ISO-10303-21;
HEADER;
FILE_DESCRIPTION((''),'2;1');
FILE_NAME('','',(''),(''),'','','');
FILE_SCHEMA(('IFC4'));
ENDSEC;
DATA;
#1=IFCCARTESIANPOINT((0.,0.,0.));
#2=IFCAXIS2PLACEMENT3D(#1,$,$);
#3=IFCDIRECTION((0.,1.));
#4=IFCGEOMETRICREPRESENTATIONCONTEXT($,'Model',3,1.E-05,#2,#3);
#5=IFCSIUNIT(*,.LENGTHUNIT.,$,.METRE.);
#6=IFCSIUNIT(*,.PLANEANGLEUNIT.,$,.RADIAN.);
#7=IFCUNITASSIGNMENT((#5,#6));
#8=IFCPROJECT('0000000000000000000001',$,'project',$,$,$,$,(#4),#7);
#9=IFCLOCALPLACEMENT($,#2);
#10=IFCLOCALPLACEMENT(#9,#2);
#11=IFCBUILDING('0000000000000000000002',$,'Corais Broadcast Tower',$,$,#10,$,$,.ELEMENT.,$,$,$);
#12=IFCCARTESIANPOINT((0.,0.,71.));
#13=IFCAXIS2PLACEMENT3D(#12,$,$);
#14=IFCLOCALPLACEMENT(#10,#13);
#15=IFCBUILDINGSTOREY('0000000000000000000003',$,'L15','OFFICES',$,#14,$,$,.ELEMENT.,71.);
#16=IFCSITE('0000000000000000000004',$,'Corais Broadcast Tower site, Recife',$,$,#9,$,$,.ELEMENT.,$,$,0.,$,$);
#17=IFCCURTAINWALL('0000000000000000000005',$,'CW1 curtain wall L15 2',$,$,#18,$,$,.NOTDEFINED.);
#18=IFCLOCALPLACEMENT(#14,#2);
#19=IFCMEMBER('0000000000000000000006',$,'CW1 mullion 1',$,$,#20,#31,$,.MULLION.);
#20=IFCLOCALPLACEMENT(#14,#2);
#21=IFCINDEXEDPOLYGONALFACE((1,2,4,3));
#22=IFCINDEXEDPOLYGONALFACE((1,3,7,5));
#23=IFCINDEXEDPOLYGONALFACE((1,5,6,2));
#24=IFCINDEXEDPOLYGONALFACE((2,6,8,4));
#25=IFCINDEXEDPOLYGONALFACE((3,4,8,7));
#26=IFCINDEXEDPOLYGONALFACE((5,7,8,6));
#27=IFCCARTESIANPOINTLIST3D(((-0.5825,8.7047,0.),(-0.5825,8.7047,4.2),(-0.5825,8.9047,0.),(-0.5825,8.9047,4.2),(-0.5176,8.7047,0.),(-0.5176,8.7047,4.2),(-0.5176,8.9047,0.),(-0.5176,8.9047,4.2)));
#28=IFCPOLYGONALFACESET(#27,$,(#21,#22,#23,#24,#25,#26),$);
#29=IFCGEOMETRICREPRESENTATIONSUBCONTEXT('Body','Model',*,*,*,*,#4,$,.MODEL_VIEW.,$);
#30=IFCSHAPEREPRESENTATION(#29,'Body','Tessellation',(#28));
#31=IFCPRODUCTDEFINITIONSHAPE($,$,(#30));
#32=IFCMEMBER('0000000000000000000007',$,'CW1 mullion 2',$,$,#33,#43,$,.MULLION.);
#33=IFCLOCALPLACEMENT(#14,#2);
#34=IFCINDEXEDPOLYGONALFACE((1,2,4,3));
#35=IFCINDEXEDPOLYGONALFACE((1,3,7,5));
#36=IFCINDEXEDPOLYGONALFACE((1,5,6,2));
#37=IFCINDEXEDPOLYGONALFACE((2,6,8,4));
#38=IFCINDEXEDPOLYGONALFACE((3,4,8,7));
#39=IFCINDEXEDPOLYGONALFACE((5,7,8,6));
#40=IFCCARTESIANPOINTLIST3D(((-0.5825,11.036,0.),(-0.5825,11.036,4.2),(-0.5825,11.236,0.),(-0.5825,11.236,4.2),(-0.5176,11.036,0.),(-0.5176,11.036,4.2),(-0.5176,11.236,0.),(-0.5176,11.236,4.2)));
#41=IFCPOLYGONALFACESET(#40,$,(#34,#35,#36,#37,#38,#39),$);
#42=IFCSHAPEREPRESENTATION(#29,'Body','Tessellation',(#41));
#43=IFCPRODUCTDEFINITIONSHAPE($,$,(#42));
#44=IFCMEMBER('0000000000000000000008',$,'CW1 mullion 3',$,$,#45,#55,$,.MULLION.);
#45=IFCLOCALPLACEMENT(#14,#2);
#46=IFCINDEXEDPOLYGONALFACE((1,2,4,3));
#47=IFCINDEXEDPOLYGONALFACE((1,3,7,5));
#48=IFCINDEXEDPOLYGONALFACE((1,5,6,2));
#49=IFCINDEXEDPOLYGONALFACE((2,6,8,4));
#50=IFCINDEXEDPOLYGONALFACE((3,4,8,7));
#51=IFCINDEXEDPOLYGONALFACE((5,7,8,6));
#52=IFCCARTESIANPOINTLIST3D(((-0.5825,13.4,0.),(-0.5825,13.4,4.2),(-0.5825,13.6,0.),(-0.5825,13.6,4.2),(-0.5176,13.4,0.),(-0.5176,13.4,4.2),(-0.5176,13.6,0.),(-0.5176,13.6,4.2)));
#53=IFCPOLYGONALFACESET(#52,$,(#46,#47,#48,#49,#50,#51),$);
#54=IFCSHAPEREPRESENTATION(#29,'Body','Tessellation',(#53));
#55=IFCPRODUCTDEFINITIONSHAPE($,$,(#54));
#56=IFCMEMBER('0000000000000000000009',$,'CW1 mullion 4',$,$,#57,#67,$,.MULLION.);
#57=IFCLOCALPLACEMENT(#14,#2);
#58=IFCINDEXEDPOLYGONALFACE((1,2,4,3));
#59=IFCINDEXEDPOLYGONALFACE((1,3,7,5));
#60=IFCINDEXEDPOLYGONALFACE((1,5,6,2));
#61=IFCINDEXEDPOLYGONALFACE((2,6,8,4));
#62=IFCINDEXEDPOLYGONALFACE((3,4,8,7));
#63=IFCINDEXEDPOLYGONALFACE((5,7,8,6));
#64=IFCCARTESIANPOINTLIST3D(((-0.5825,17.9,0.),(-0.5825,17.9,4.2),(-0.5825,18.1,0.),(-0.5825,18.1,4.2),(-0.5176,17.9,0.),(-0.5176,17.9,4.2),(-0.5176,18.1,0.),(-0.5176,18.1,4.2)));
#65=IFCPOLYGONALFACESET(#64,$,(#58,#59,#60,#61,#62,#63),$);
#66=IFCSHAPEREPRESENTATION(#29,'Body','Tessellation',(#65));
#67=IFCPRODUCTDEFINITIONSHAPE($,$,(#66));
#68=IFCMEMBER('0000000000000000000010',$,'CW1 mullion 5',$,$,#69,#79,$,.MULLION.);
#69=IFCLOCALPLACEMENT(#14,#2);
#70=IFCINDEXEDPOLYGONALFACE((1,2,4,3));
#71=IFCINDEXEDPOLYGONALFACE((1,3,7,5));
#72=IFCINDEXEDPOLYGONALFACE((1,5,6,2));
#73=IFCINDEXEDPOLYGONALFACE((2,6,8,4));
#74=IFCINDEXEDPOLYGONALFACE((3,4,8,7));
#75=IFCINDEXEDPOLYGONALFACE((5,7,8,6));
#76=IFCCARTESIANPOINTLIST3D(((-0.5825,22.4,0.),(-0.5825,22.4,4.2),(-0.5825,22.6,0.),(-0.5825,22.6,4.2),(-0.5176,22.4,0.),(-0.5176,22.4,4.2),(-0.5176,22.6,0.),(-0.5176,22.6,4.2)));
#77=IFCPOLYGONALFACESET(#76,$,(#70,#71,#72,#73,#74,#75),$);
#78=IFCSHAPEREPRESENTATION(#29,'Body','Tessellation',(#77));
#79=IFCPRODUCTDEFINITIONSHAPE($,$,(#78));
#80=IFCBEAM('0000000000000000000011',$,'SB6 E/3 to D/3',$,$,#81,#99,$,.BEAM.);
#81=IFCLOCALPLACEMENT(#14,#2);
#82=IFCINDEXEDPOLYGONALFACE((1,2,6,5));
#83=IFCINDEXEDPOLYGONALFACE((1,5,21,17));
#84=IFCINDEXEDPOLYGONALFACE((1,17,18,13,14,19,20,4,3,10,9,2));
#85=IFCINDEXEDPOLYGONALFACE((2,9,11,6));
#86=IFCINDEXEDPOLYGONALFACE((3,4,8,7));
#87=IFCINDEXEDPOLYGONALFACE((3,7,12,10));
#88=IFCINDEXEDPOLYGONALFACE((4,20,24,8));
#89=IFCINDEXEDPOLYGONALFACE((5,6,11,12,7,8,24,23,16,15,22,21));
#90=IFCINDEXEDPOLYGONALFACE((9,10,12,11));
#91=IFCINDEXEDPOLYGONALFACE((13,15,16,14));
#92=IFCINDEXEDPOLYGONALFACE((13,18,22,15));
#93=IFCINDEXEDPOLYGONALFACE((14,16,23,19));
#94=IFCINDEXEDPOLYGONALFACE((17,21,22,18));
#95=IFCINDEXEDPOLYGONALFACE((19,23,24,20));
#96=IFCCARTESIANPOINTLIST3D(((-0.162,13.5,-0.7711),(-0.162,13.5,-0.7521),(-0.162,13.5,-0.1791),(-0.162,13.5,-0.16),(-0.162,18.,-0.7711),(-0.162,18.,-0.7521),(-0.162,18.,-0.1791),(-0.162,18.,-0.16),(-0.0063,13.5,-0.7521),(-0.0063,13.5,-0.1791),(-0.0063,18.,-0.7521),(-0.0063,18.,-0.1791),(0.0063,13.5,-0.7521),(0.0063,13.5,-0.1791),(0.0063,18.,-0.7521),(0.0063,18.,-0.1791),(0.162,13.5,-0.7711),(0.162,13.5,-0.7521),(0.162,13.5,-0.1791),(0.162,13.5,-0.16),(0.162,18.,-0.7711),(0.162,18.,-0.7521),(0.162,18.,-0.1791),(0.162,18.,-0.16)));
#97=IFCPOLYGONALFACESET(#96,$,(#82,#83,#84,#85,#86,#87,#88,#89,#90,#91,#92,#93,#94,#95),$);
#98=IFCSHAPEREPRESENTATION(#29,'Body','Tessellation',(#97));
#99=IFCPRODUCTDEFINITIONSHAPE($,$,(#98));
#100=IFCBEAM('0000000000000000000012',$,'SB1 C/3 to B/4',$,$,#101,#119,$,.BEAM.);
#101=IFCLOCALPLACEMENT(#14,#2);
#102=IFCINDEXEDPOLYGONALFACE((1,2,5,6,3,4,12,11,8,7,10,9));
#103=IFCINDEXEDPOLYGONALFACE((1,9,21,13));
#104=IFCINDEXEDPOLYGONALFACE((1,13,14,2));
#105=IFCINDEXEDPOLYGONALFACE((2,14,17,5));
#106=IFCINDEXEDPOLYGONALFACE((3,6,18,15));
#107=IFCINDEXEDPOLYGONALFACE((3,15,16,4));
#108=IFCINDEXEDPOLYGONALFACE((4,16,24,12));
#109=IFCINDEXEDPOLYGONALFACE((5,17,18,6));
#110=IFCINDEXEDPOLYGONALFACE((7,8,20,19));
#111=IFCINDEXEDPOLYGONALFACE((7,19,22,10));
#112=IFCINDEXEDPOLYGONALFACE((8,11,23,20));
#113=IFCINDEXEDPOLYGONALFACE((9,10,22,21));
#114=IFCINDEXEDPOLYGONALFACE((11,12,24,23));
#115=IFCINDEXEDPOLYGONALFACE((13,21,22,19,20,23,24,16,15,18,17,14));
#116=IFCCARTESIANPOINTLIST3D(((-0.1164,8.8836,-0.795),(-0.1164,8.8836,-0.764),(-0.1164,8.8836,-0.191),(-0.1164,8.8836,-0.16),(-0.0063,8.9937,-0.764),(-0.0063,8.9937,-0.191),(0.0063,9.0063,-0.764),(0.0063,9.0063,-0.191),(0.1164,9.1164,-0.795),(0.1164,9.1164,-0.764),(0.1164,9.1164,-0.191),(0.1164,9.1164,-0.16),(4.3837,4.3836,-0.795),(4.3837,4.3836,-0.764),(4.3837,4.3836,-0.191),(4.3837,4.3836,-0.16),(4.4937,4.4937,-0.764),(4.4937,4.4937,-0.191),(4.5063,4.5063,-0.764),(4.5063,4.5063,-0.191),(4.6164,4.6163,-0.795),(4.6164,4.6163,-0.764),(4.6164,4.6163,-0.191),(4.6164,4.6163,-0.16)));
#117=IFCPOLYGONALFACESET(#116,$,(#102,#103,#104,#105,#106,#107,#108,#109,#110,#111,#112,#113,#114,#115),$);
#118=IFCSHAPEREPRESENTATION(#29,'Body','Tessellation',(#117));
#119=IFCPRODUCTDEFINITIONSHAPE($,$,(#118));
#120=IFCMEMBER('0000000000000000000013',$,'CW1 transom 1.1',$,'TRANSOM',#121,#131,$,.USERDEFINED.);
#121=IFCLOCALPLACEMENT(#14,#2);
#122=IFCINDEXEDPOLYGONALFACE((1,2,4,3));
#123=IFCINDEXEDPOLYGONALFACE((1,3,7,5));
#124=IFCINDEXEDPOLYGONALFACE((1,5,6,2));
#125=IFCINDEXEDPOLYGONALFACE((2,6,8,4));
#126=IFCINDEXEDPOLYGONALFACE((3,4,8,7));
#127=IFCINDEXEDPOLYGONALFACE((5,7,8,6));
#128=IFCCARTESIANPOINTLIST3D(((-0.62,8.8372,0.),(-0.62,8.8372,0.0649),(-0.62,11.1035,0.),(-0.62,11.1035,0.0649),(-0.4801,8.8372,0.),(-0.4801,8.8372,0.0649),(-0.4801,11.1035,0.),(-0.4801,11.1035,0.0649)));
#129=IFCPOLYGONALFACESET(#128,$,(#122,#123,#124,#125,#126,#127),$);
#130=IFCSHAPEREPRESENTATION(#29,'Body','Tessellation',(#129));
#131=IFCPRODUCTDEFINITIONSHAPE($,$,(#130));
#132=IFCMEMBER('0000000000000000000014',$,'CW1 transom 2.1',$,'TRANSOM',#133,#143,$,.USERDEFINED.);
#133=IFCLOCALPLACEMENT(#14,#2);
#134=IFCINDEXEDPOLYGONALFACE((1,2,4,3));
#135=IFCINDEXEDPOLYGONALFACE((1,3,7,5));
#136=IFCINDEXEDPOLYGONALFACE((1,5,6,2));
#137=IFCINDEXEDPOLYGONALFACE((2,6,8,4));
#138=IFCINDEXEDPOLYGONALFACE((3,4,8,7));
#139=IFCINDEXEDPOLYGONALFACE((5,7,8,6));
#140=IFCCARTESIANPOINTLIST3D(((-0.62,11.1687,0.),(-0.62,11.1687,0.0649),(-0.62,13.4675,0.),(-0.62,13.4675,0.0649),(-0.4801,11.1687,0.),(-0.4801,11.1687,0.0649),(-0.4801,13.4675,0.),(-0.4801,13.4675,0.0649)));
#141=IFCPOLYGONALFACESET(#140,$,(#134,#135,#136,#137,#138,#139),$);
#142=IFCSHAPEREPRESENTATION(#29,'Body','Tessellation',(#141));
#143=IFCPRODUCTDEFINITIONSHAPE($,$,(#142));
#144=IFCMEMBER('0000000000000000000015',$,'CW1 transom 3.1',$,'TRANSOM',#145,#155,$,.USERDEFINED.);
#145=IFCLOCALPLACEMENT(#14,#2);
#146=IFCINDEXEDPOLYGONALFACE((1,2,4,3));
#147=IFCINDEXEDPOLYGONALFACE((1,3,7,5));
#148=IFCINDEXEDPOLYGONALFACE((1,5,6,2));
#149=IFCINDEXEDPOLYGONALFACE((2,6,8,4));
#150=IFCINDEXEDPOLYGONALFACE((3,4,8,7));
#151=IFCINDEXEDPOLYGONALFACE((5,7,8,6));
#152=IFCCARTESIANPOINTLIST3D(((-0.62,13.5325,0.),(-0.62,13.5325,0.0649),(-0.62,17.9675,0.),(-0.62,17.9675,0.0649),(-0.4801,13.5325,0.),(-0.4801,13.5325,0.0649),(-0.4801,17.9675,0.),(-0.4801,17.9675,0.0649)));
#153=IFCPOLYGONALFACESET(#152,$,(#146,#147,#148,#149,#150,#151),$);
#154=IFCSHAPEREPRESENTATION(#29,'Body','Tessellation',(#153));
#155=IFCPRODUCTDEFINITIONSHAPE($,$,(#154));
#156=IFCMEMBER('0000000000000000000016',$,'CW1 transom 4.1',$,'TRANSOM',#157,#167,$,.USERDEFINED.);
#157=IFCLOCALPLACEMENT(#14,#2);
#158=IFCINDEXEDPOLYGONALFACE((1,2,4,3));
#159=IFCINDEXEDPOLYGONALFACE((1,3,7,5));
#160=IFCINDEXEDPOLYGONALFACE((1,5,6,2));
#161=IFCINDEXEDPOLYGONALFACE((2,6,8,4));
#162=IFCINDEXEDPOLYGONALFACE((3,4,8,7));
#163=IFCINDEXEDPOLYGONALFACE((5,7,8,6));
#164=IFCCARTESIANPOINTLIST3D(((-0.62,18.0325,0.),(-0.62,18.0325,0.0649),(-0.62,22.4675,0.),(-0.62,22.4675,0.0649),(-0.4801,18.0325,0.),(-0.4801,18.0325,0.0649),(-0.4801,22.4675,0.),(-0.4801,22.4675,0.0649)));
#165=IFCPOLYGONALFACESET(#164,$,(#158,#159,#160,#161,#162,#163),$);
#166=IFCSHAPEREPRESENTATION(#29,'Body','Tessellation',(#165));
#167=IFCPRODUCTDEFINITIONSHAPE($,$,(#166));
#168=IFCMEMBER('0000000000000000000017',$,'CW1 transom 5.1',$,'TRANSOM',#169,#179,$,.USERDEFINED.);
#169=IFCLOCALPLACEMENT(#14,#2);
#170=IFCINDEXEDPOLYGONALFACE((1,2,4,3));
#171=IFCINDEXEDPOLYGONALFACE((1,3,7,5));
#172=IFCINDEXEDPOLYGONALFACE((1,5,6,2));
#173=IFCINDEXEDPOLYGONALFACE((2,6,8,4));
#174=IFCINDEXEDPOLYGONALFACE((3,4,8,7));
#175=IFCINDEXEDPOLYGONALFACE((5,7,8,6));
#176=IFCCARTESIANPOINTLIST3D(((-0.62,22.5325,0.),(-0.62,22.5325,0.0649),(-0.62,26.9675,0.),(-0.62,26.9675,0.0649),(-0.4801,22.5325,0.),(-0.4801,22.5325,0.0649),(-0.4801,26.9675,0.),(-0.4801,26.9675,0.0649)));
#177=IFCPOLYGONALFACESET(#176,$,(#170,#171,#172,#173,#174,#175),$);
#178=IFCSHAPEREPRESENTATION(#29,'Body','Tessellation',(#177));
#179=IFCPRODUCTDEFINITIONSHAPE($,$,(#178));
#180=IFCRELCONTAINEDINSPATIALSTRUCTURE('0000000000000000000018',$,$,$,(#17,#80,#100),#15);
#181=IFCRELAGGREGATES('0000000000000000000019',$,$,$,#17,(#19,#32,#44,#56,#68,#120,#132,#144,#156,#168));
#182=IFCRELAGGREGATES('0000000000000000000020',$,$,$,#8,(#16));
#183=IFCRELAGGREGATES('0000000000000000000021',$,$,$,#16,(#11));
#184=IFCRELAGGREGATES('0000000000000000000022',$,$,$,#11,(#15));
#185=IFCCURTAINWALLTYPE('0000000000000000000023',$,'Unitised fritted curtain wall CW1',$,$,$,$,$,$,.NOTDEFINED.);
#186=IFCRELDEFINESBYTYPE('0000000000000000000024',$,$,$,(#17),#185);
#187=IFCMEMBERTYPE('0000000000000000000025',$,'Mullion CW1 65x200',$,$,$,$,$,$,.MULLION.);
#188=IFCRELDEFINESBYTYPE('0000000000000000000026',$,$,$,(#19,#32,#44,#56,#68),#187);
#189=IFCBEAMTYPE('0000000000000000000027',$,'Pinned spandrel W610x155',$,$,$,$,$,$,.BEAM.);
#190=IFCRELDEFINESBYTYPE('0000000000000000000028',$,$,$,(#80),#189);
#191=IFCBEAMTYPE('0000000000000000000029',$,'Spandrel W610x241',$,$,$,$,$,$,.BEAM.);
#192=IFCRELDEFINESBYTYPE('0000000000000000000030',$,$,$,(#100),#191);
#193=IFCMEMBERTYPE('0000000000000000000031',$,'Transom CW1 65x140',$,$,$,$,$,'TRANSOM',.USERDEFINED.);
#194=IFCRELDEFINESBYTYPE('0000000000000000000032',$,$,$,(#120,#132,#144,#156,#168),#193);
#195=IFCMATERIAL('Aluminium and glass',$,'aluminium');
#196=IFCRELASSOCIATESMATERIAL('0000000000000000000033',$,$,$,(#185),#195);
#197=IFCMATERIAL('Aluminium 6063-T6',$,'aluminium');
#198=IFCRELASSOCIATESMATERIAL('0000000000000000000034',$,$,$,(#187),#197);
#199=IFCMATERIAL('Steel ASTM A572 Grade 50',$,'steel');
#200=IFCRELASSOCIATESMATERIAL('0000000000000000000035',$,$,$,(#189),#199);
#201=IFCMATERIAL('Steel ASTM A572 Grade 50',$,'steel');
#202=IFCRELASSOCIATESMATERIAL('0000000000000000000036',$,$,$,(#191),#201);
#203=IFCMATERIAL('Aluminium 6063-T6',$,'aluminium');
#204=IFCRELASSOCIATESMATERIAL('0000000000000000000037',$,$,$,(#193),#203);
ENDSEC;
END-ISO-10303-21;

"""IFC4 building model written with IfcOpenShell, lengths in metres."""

from ifc_helpers import new_model, si_unit, direction, frame, origin, origin_2d, place, context, subcontext, project, spatial, rectangle, i_section, extrude, material, material_profile, profile_set, type_object, element, aggregate, save


model = new_model("IFC4")

# Units and contexts
model_context = context("Model", 3, precision=1e-05, world=origin(), true_north=direction((0.0, 1.0)))
body_context = subcontext(model_context, "Body", "Model", "MODEL_VIEW")
ifc_project = project(units=[si_unit("LENGTHUNIT", "METRE"), si_unit("PLANEANGLEUNIT", "RADIAN")], contexts=[model_context])

# Site, building, storey
site_placement = place(None, origin())
site = spatial("IfcSite", under=ifc_project, at=site_placement, Name="Corais Broadcast Tower site, Recife", CompositionType="ELEMENT", RefElevation=0.0)
building_placement = place(site_placement, origin())
building = spatial("IfcBuilding", under=site, at=building_placement, Name="Corais Broadcast Tower", CompositionType="ELEMENT")
storey_placement = place(building_placement, frame((0.0, 0.0, 71.0)))
storey = spatial("IfcBuildingStorey", under=building, at=storey_placement, Name="L15", Description="OFFICES", CompositionType="ELEMENT", Elevation=71.0)

# Shared definitions
ifc_material_1 = material(Name="Aluminium and glass", Category="aluminium")
curtain_wall_type = type_object("IfcCurtainWallType", Name="Unitised fritted curtain wall CW1", PredefinedType="NOTDEFINED", material=ifc_material_1)
ifc_material_2 = material(Name="Aluminium 6063-T6", Category="aluminium")
ifc_material_profile_1 = material_profile(ifc_material_2, rectangle(XDim=0.0649, YDim=0.2, at=origin_2d()), Name="Mullion CW1 65x200")
ifc_profile_set_1 = profile_set([ifc_material_profile_1], Name="Aluminium 6063-T6")
member_type_1 = type_object("IfcMemberType", Name="Mullion CW1 65x200", PredefinedType="MULLION", material=ifc_profile_set_1)

# Curtain wall, members
curtain_wall_1_placement = place(storey_placement, origin())
curtain_wall_1 = element("IfcCurtainWall", 1, at=curtain_wall_1_placement, inside=storey, type_object=curtain_wall_type, Name="CW1 curtain wall L15 2", PredefinedType="NOTDEFINED")
member_1_placement = place(storey_placement, frame((-0.55, 8.8047, 0.0), z_axis=(0.0, 0.0, 1.0), x_axis=(-1.0, 0.0, 0.0)))
member_1 = element("IfcMember", 2, at=member_1_placement, type_object=member_type_1, Name="CW1 mullion 1", PredefinedType="MULLION", context=body_context, shape_type="SweptSolid", body=[
    extrude(rectangle(XDim=0.0649, YDim=0.2, at=origin_2d()), origin(), (0.0, 0.0, 1.0), 4.2),
])
member_2_placement = place(storey_placement, frame((-0.55, 11.136, 0.0), z_axis=(0.0, 0.0, 1.0), x_axis=(-1.0, 0.0, 0.0)))
member_2 = element("IfcMember", 3, at=member_2_placement, type_object=member_type_1, Name="CW1 mullion 2", PredefinedType="MULLION", context=body_context, shape_type="SweptSolid", body=[
    extrude(rectangle(XDim=0.0649, YDim=0.2, at=origin_2d()), origin(), (0.0, 0.0, 1.0), 4.2),
])
member_3_placement = place(storey_placement, frame((-0.55, 13.5, 0.0), z_axis=(0.0, 0.0, 1.0), x_axis=(-1.0, 0.0, 0.0)))
member_3 = element("IfcMember", 4, at=member_3_placement, type_object=member_type_1, Name="CW1 mullion 3", PredefinedType="MULLION", context=body_context, shape_type="SweptSolid", body=[
    extrude(rectangle(XDim=0.0649, YDim=0.2, at=origin_2d()), origin(), (0.0, 0.0, 1.0), 4.2),
])
member_4_placement = place(storey_placement, frame((-0.55, 18.0, 0.0), z_axis=(0.0, 0.0, 1.0), x_axis=(-1.0, 0.0, 0.0)))
member_4 = element("IfcMember", 5, at=member_4_placement, type_object=member_type_1, Name="CW1 mullion 4", PredefinedType="MULLION", context=body_context, shape_type="SweptSolid", body=[
    extrude(rectangle(XDim=0.0649, YDim=0.2, at=origin_2d()), origin(), (0.0, 0.0, 1.0), 4.2),
])
member_5_placement = place(storey_placement, frame((-0.55, 22.5, 0.0), z_axis=(0.0, 0.0, 1.0), x_axis=(-1.0, 0.0, 0.0)))
member_5 = element("IfcMember", 6, at=member_5_placement, type_object=member_type_1, Name="CW1 mullion 5", PredefinedType="MULLION", context=body_context, shape_type="SweptSolid", body=[
    extrude(rectangle(XDim=0.0649, YDim=0.2, at=origin_2d()), origin(), (0.0, 0.0, 1.0), 4.2),
])

# Beams
ifc_material_3 = material(Name="Steel ASTM A572 Grade 50", Category="steel")
ifc_material_profile_2 = material_profile(ifc_material_3, i_section(OverallWidth=0.324, OverallDepth=0.6111, WebThickness=0.0127, FlangeThickness=0.019, at=origin_2d()), Name="W610x155")
ifc_profile_set_2 = profile_set([ifc_material_profile_2], Name="Steel ASTM A572 Grade 50")
beam_type_1 = type_object("IfcBeamType", Name="Pinned spandrel W610x155", PredefinedType="BEAM", material=ifc_profile_set_2)
beam_1_placement = place(storey_placement, frame((0.0, 18.0, -0.4656), z_axis=(0.0, -1.0, 0.0), x_axis=(1.0, 0.0, 0.0)))
element("IfcBeam", 7, at=beam_1_placement, inside=storey, type_object=beam_type_1, Name="SB6 E/3 to D/3", PredefinedType="BEAM", context=body_context, shape_type="SweptSolid", body=[
    extrude(i_section(OverallWidth=0.324, OverallDepth=0.6111, WebThickness=0.0127, FlangeThickness=0.019, at=origin_2d()), origin(), (0.0, 0.0, 1.0), 4.5),
])
ifc_material_4 = material(Name="Steel ASTM A572 Grade 50", Category="steel")
ifc_material_profile_3 = material_profile(ifc_material_4, i_section(OverallWidth=0.3291, OverallDepth=0.635, WebThickness=0.0178, FlangeThickness=0.031, at=origin_2d()), Name="W610x241")
ifc_profile_set_3 = profile_set([ifc_material_profile_3], Name="Steel ASTM A572 Grade 50")
beam_type_2 = type_object("IfcBeamType", Name="Spandrel W610x241", PredefinedType="BEAM", material=ifc_profile_set_3)
beam_2_placement = place(storey_placement, frame((0.0, 9.0, -0.4775), z_axis=(0.707107, -0.707107, 0.0), x_axis=(0.707107, 0.707107, 0.0)))
element("IfcBeam", 8, at=beam_2_placement, inside=storey, type_object=beam_type_2, Name="SB1 C/3 to B/4", PredefinedType="BEAM", context=body_context, shape_type="SweptSolid", body=[
    extrude(i_section(OverallWidth=0.3291, OverallDepth=0.635, WebThickness=0.0178, FlangeThickness=0.031, at=origin_2d()), origin(), (0.0, 0.0, 1.0), 6.364),
])

# Members
ifc_material_5 = material(Name="Aluminium 6063-T6", Category="aluminium")
ifc_material_profile_4 = material_profile(ifc_material_5, rectangle(XDim=0.1399, YDim=0.0649, at=origin_2d()), Name="Transom CW1 65x140")
ifc_profile_set_4 = profile_set([ifc_material_profile_4], Name="Aluminium 6063-T6")
member_type_2 = type_object("IfcMemberType", Name="Transom CW1 65x140", ElementType="TRANSOM", PredefinedType="USERDEFINED", material=ifc_profile_set_4)
member_6_placement = place(storey_placement, frame((-0.55, 8.8372, 0.0325), z_axis=(0.0, 1.0, 0.0), x_axis=(-1.0, 0.0, 0.0)))
member_6 = element("IfcMember", 9, at=member_6_placement, type_object=member_type_2, Name="CW1 transom 1.1", ObjectType="TRANSOM", PredefinedType="USERDEFINED", context=body_context, shape_type="SweptSolid", body=[
    extrude(rectangle(XDim=0.1399, YDim=0.0649, at=origin_2d()), origin(), (0.0, 0.0, 1.0), 2.2664),
])
member_7_placement = place(storey_placement, frame((-0.55, 11.1687, 0.0325), z_axis=(0.0, 1.0, 0.0), x_axis=(-1.0, 0.0, 0.0)))
member_7 = element("IfcMember", 10, at=member_7_placement, type_object=member_type_2, Name="CW1 transom 2.1", ObjectType="TRANSOM", PredefinedType="USERDEFINED", context=body_context, shape_type="SweptSolid", body=[
    extrude(rectangle(XDim=0.1399, YDim=0.0649, at=origin_2d()), origin(), (0.0, 0.0, 1.0), 2.2988),
])
member_8_placement = place(storey_placement, frame((-0.55, 13.5325, 0.0325), z_axis=(0.0, 1.0, 0.0), x_axis=(-1.0, 0.0, 0.0)))
member_8 = element("IfcMember", 11, at=member_8_placement, type_object=member_type_2, Name="CW1 transom 3.1", ObjectType="TRANSOM", PredefinedType="USERDEFINED", context=body_context, shape_type="SweptSolid", body=[
    extrude(rectangle(XDim=0.1399, YDim=0.0649, at=origin_2d()), origin(), (0.0, 0.0, 1.0), 4.4351),
])
member_9_placement = place(storey_placement, frame((-0.55, 18.0325, 0.0325), z_axis=(0.0, 1.0, 0.0), x_axis=(-1.0, 0.0, 0.0)))
member_9 = element("IfcMember", 12, at=member_9_placement, type_object=member_type_2, Name="CW1 transom 4.1", ObjectType="TRANSOM", PredefinedType="USERDEFINED", context=body_context, shape_type="SweptSolid", body=[
    extrude(rectangle(XDim=0.1399, YDim=0.0649, at=origin_2d()), origin(), (0.0, 0.0, 1.0), 4.4351),
])
member_10_placement = place(storey_placement, frame((-0.55, 22.5325, 0.0325), z_axis=(0.0, 1.0, 0.0), x_axis=(-1.0, 0.0, 0.0)))
member_10 = element("IfcMember", 13, at=member_10_placement, type_object=member_type_2, Name="CW1 transom 5.1", ObjectType="TRANSOM", PredefinedType="USERDEFINED", context=body_context, shape_type="SweptSolid", body=[
    extrude(rectangle(XDim=0.1399, YDim=0.0649, at=origin_2d()), origin(), (0.0, 0.0, 1.0), 4.4351),
])

aggregate(curtain_wall_1, [member_1, member_2, member_3, member_4, member_5, member_6, member_7, member_8, member_9, member_10])

save(model, "model.ifc")
